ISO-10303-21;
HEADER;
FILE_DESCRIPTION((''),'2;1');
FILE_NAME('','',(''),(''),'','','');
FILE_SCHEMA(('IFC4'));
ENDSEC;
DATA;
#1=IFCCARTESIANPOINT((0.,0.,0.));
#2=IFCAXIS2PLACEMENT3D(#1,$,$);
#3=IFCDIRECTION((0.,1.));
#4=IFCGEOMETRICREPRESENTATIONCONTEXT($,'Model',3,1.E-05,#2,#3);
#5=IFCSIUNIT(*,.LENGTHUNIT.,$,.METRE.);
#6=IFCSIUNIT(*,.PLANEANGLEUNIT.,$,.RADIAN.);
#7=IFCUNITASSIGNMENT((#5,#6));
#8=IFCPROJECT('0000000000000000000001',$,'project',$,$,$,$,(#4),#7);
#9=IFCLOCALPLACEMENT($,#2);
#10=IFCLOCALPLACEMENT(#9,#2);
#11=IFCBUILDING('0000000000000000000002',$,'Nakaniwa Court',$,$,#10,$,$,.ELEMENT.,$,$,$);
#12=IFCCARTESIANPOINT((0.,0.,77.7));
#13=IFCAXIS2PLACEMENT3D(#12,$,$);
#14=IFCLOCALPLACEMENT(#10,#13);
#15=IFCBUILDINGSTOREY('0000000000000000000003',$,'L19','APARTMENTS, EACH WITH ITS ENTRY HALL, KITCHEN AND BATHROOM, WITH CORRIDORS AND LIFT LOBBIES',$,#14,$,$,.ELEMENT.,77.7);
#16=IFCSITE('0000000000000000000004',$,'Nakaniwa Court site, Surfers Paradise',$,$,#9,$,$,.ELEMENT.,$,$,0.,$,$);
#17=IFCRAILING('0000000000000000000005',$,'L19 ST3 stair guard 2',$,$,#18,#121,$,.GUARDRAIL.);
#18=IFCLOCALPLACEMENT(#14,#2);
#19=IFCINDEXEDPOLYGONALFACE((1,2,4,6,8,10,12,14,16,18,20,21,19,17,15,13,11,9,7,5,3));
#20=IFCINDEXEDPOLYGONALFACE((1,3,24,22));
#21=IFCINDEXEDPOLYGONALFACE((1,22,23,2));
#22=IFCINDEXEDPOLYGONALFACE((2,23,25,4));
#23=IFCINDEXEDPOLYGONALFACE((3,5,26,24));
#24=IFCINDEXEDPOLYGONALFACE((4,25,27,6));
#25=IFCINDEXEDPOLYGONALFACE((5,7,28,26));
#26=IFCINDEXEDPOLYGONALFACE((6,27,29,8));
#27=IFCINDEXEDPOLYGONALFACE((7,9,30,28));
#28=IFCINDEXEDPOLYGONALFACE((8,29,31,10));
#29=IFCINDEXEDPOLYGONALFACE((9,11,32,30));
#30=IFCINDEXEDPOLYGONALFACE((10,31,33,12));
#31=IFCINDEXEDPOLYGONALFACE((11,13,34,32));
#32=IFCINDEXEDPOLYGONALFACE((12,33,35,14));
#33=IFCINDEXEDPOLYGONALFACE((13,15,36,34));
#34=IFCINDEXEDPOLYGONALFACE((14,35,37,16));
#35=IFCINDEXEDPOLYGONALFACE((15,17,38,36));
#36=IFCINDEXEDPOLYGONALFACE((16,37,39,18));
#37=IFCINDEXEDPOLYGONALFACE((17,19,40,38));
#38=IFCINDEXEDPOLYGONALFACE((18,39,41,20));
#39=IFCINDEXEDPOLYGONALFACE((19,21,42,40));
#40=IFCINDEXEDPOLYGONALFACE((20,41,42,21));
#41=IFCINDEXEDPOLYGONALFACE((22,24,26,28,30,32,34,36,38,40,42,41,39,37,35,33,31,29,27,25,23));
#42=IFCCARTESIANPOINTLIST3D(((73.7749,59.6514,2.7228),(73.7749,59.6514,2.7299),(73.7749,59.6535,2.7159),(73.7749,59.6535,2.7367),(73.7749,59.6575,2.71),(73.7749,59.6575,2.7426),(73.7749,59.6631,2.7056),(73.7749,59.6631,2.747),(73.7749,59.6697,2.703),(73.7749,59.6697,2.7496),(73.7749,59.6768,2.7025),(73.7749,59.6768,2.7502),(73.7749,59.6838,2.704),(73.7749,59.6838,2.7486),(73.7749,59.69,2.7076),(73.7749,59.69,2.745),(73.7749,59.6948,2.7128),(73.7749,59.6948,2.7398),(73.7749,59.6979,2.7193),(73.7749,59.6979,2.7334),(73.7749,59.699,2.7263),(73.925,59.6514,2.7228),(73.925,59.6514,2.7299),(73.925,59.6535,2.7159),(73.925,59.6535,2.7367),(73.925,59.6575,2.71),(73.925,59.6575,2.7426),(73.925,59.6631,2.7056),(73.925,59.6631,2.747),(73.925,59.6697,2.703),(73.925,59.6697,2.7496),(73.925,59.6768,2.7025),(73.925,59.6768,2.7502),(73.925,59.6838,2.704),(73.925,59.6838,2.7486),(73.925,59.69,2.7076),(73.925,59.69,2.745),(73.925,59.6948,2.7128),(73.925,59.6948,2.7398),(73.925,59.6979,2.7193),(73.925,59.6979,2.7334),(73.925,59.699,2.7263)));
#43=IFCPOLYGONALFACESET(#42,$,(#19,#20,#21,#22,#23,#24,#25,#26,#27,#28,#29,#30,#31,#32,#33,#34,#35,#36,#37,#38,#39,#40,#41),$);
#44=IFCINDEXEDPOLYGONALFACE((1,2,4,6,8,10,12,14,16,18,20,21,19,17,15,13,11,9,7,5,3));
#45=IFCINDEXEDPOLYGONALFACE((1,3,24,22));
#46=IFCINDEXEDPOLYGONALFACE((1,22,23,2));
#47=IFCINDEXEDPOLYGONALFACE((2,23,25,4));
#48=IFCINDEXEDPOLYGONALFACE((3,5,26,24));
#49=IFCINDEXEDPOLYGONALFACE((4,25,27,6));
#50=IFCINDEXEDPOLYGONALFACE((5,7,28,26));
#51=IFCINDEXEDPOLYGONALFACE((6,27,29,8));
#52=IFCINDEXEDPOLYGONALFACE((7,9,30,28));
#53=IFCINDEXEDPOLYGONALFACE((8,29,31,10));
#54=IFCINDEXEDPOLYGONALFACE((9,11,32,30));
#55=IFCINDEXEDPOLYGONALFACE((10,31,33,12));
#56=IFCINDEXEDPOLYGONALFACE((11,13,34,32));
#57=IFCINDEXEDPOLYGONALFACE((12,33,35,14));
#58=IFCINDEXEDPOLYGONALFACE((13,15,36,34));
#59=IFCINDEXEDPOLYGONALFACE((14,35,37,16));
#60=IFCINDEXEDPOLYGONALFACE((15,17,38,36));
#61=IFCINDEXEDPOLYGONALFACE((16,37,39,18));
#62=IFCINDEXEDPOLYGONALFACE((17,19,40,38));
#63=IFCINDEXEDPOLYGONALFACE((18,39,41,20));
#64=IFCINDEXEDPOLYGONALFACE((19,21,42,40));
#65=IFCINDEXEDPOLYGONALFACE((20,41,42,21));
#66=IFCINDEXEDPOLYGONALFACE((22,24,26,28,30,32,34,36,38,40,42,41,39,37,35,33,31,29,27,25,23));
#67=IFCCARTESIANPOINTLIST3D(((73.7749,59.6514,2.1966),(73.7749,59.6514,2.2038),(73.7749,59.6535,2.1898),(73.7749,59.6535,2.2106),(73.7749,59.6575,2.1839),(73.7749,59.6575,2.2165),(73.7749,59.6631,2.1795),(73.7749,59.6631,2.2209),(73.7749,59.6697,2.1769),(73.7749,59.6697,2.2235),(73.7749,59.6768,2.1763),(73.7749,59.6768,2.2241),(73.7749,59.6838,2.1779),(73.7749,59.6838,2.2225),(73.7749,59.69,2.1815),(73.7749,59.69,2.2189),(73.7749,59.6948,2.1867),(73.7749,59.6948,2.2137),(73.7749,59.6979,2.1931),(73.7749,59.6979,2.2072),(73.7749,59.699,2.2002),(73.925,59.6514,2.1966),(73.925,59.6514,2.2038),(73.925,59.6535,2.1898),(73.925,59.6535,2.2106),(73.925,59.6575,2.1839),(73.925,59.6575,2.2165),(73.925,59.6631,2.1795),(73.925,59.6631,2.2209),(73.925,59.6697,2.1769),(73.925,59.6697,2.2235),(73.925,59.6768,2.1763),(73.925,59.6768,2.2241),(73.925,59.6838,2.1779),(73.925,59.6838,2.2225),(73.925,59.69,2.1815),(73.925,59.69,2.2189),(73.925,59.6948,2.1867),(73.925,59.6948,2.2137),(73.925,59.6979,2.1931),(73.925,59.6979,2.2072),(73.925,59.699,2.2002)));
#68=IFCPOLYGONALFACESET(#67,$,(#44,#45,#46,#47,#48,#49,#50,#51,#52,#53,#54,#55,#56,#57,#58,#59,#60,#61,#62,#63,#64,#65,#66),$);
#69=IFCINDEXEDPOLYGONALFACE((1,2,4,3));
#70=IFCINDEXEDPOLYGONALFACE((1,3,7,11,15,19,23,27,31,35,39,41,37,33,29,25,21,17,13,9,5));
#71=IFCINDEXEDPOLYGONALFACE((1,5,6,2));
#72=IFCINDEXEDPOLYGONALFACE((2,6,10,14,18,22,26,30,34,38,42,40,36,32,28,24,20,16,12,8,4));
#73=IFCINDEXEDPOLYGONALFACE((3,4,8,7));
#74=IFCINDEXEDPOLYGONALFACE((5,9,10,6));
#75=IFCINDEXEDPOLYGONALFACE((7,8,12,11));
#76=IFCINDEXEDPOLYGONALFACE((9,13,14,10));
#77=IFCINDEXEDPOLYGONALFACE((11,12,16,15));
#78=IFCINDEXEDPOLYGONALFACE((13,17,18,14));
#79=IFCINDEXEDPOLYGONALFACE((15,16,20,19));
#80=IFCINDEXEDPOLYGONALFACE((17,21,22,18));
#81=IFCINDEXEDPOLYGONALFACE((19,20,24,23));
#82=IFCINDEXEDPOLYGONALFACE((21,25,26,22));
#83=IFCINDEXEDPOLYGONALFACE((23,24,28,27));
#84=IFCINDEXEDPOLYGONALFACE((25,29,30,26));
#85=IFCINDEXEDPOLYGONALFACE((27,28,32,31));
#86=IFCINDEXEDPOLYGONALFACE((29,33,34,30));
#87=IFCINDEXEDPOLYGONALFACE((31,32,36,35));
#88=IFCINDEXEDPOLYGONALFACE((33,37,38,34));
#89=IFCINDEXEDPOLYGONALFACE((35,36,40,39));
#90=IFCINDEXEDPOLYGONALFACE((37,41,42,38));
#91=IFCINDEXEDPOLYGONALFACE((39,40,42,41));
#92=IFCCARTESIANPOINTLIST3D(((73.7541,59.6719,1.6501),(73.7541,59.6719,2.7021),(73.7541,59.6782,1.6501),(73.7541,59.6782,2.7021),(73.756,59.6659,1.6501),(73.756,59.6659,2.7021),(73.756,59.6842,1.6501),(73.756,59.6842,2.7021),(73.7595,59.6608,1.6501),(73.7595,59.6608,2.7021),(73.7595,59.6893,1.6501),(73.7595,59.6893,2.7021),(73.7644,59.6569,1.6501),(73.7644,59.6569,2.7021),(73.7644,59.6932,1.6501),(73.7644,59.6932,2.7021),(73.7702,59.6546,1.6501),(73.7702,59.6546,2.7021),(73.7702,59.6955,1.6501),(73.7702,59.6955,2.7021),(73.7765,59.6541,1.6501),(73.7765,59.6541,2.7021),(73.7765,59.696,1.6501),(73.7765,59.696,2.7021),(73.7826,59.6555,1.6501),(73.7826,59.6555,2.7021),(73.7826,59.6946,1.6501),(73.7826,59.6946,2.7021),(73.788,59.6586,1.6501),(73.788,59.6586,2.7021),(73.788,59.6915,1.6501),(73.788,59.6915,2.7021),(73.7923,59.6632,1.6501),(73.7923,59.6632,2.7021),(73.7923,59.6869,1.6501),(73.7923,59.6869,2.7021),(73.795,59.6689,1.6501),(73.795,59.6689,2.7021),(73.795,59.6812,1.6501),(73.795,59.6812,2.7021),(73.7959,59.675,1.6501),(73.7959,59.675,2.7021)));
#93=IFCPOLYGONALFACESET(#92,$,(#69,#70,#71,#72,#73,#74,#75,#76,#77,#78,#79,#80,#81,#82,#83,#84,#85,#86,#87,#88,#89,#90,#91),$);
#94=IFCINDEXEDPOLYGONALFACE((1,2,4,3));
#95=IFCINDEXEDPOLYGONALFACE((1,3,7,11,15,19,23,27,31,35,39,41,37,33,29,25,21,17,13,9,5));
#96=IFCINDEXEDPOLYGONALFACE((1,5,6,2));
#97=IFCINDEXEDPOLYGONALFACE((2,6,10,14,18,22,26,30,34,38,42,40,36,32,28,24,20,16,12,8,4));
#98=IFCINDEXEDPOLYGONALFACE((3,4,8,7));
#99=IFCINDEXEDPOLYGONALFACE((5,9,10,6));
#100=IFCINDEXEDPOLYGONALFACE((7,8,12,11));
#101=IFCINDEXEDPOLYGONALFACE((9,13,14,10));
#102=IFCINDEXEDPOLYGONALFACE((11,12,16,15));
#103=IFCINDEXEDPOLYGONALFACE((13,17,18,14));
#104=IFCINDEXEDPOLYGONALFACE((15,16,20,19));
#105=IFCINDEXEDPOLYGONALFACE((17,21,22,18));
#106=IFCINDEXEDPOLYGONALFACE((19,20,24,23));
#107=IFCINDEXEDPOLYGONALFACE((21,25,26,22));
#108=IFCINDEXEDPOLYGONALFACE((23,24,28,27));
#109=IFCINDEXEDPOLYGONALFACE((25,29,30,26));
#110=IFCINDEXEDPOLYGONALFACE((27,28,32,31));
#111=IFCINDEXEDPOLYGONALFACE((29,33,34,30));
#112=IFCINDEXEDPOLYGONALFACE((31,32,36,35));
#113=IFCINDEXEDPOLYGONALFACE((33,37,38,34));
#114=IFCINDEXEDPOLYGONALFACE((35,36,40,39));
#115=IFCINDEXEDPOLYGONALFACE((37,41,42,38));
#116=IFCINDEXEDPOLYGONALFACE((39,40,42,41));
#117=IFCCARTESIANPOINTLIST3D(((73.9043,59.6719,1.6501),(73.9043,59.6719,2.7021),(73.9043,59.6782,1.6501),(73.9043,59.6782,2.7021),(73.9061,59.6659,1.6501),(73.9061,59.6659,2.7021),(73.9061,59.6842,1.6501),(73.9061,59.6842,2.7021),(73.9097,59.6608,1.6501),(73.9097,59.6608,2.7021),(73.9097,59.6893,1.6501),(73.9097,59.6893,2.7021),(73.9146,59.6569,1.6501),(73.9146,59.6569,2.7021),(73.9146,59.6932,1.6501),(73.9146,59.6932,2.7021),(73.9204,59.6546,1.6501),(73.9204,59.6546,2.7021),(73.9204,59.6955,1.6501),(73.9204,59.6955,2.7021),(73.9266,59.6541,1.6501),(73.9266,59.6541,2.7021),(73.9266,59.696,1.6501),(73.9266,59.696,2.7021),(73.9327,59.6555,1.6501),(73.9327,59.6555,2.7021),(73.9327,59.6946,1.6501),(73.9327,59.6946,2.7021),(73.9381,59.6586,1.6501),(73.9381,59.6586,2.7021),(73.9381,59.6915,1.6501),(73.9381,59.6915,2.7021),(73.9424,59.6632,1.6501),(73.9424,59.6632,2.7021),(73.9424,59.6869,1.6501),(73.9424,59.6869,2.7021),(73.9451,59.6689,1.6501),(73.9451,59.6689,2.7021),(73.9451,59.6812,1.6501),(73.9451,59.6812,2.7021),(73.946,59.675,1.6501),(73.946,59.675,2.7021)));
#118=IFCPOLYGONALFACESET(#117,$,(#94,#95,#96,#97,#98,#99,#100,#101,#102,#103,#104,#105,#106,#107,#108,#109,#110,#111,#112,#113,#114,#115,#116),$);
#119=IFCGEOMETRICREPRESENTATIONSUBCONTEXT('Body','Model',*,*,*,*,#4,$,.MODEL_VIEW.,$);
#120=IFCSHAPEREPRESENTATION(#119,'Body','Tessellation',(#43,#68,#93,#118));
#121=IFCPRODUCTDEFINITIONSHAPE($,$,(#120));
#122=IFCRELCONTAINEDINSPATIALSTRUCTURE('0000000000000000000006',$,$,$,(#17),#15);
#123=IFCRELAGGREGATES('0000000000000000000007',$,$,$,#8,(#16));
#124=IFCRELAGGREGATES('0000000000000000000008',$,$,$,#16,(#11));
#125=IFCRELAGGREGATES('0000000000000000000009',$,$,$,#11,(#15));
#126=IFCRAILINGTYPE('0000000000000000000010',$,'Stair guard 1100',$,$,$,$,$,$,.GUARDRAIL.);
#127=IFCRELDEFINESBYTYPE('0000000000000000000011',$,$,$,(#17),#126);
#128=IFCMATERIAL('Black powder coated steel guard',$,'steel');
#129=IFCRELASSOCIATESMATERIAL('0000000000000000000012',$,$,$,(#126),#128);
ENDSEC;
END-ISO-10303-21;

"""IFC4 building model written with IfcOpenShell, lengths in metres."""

from ifc_helpers import new_model, si_unit, direction, frame, origin, origin_2d, place, context, subcontext, project, spatial, circle, extrude, material, type_object, element, save


model = new_model("IFC4")

# Units and contexts
model_context = context("Model", 3, precision=1e-05, world=origin(), true_north=direction((0.0, 1.0)))
body_context = subcontext(model_context, "Body", "Model", "MODEL_VIEW")
ifc_project = project(units=[si_unit("LENGTHUNIT", "METRE"), si_unit("PLANEANGLEUNIT", "RADIAN")], contexts=[model_context])

# Site, building, storey
site_placement = place(None, origin())
site = spatial("IfcSite", under=ifc_project, at=site_placement, Name="Nakaniwa Court site, Surfers Paradise", CompositionType="ELEMENT", RefElevation=0.0)
building_placement = place(site_placement, origin())
building = spatial("IfcBuilding", under=site, at=building_placement, Name="Nakaniwa Court", CompositionType="ELEMENT")
storey_placement = place(building_placement, frame((0.0, 0.0, 77.7)))
storey = spatial("IfcBuildingStorey", under=building, at=storey_placement, Name="L19", Description="APARTMENTS, EACH WITH ITS ENTRY HALL, KITCHEN AND BATHROOM, WITH CORRIDORS AND LIFT LOBBIES", CompositionType="ELEMENT", Elevation=77.7)

# Railing
ifc_material_1 = material(Name="Black powder coated steel guard", Category="steel")
railing_type_1 = type_object("IfcRailingType", Name="Stair guard 1100", PredefinedType="GUARDRAIL", material=ifc_material_1)
railing_1_placement = place(storey_placement, frame((73.7749, 59.675, 1.6501)))
element("IfcRailing", 1, at=railing_1_placement, inside=storey, type_object=railing_type_1, Name="L19 ST3 stair guard 2", PredefinedType="GUARDRAIL", context=body_context, shape_type="SweptSolid", body=[
    extrude(circle(Radius=0.0239, at=origin_2d()), frame((0.0, 0.0, 1.0762), z_axis=(1.0, 0.0, 0.0), x_axis=(0.0, 1.0, 0.0)), (0.0, 0.0, 1.0), 0.1501),
    extrude(circle(Radius=0.0239, at=origin_2d()), frame((0.0, 0.0, 0.55), z_axis=(1.0, 0.0, 0.0), x_axis=(0.0, 1.0, 0.0)), (0.0, 0.0, 1.0), 0.1501),
    extrude(circle(Radius=0.021, at=origin_2d()), origin(), (0.0, 0.0, 1.0), 1.052),
    extrude(circle(Radius=0.021, at=origin_2d()), frame((0.1501, 0.0, 0.0)), (0.0, 0.0, 1.0), 1.052),
])

save(model, "model.ifc")
